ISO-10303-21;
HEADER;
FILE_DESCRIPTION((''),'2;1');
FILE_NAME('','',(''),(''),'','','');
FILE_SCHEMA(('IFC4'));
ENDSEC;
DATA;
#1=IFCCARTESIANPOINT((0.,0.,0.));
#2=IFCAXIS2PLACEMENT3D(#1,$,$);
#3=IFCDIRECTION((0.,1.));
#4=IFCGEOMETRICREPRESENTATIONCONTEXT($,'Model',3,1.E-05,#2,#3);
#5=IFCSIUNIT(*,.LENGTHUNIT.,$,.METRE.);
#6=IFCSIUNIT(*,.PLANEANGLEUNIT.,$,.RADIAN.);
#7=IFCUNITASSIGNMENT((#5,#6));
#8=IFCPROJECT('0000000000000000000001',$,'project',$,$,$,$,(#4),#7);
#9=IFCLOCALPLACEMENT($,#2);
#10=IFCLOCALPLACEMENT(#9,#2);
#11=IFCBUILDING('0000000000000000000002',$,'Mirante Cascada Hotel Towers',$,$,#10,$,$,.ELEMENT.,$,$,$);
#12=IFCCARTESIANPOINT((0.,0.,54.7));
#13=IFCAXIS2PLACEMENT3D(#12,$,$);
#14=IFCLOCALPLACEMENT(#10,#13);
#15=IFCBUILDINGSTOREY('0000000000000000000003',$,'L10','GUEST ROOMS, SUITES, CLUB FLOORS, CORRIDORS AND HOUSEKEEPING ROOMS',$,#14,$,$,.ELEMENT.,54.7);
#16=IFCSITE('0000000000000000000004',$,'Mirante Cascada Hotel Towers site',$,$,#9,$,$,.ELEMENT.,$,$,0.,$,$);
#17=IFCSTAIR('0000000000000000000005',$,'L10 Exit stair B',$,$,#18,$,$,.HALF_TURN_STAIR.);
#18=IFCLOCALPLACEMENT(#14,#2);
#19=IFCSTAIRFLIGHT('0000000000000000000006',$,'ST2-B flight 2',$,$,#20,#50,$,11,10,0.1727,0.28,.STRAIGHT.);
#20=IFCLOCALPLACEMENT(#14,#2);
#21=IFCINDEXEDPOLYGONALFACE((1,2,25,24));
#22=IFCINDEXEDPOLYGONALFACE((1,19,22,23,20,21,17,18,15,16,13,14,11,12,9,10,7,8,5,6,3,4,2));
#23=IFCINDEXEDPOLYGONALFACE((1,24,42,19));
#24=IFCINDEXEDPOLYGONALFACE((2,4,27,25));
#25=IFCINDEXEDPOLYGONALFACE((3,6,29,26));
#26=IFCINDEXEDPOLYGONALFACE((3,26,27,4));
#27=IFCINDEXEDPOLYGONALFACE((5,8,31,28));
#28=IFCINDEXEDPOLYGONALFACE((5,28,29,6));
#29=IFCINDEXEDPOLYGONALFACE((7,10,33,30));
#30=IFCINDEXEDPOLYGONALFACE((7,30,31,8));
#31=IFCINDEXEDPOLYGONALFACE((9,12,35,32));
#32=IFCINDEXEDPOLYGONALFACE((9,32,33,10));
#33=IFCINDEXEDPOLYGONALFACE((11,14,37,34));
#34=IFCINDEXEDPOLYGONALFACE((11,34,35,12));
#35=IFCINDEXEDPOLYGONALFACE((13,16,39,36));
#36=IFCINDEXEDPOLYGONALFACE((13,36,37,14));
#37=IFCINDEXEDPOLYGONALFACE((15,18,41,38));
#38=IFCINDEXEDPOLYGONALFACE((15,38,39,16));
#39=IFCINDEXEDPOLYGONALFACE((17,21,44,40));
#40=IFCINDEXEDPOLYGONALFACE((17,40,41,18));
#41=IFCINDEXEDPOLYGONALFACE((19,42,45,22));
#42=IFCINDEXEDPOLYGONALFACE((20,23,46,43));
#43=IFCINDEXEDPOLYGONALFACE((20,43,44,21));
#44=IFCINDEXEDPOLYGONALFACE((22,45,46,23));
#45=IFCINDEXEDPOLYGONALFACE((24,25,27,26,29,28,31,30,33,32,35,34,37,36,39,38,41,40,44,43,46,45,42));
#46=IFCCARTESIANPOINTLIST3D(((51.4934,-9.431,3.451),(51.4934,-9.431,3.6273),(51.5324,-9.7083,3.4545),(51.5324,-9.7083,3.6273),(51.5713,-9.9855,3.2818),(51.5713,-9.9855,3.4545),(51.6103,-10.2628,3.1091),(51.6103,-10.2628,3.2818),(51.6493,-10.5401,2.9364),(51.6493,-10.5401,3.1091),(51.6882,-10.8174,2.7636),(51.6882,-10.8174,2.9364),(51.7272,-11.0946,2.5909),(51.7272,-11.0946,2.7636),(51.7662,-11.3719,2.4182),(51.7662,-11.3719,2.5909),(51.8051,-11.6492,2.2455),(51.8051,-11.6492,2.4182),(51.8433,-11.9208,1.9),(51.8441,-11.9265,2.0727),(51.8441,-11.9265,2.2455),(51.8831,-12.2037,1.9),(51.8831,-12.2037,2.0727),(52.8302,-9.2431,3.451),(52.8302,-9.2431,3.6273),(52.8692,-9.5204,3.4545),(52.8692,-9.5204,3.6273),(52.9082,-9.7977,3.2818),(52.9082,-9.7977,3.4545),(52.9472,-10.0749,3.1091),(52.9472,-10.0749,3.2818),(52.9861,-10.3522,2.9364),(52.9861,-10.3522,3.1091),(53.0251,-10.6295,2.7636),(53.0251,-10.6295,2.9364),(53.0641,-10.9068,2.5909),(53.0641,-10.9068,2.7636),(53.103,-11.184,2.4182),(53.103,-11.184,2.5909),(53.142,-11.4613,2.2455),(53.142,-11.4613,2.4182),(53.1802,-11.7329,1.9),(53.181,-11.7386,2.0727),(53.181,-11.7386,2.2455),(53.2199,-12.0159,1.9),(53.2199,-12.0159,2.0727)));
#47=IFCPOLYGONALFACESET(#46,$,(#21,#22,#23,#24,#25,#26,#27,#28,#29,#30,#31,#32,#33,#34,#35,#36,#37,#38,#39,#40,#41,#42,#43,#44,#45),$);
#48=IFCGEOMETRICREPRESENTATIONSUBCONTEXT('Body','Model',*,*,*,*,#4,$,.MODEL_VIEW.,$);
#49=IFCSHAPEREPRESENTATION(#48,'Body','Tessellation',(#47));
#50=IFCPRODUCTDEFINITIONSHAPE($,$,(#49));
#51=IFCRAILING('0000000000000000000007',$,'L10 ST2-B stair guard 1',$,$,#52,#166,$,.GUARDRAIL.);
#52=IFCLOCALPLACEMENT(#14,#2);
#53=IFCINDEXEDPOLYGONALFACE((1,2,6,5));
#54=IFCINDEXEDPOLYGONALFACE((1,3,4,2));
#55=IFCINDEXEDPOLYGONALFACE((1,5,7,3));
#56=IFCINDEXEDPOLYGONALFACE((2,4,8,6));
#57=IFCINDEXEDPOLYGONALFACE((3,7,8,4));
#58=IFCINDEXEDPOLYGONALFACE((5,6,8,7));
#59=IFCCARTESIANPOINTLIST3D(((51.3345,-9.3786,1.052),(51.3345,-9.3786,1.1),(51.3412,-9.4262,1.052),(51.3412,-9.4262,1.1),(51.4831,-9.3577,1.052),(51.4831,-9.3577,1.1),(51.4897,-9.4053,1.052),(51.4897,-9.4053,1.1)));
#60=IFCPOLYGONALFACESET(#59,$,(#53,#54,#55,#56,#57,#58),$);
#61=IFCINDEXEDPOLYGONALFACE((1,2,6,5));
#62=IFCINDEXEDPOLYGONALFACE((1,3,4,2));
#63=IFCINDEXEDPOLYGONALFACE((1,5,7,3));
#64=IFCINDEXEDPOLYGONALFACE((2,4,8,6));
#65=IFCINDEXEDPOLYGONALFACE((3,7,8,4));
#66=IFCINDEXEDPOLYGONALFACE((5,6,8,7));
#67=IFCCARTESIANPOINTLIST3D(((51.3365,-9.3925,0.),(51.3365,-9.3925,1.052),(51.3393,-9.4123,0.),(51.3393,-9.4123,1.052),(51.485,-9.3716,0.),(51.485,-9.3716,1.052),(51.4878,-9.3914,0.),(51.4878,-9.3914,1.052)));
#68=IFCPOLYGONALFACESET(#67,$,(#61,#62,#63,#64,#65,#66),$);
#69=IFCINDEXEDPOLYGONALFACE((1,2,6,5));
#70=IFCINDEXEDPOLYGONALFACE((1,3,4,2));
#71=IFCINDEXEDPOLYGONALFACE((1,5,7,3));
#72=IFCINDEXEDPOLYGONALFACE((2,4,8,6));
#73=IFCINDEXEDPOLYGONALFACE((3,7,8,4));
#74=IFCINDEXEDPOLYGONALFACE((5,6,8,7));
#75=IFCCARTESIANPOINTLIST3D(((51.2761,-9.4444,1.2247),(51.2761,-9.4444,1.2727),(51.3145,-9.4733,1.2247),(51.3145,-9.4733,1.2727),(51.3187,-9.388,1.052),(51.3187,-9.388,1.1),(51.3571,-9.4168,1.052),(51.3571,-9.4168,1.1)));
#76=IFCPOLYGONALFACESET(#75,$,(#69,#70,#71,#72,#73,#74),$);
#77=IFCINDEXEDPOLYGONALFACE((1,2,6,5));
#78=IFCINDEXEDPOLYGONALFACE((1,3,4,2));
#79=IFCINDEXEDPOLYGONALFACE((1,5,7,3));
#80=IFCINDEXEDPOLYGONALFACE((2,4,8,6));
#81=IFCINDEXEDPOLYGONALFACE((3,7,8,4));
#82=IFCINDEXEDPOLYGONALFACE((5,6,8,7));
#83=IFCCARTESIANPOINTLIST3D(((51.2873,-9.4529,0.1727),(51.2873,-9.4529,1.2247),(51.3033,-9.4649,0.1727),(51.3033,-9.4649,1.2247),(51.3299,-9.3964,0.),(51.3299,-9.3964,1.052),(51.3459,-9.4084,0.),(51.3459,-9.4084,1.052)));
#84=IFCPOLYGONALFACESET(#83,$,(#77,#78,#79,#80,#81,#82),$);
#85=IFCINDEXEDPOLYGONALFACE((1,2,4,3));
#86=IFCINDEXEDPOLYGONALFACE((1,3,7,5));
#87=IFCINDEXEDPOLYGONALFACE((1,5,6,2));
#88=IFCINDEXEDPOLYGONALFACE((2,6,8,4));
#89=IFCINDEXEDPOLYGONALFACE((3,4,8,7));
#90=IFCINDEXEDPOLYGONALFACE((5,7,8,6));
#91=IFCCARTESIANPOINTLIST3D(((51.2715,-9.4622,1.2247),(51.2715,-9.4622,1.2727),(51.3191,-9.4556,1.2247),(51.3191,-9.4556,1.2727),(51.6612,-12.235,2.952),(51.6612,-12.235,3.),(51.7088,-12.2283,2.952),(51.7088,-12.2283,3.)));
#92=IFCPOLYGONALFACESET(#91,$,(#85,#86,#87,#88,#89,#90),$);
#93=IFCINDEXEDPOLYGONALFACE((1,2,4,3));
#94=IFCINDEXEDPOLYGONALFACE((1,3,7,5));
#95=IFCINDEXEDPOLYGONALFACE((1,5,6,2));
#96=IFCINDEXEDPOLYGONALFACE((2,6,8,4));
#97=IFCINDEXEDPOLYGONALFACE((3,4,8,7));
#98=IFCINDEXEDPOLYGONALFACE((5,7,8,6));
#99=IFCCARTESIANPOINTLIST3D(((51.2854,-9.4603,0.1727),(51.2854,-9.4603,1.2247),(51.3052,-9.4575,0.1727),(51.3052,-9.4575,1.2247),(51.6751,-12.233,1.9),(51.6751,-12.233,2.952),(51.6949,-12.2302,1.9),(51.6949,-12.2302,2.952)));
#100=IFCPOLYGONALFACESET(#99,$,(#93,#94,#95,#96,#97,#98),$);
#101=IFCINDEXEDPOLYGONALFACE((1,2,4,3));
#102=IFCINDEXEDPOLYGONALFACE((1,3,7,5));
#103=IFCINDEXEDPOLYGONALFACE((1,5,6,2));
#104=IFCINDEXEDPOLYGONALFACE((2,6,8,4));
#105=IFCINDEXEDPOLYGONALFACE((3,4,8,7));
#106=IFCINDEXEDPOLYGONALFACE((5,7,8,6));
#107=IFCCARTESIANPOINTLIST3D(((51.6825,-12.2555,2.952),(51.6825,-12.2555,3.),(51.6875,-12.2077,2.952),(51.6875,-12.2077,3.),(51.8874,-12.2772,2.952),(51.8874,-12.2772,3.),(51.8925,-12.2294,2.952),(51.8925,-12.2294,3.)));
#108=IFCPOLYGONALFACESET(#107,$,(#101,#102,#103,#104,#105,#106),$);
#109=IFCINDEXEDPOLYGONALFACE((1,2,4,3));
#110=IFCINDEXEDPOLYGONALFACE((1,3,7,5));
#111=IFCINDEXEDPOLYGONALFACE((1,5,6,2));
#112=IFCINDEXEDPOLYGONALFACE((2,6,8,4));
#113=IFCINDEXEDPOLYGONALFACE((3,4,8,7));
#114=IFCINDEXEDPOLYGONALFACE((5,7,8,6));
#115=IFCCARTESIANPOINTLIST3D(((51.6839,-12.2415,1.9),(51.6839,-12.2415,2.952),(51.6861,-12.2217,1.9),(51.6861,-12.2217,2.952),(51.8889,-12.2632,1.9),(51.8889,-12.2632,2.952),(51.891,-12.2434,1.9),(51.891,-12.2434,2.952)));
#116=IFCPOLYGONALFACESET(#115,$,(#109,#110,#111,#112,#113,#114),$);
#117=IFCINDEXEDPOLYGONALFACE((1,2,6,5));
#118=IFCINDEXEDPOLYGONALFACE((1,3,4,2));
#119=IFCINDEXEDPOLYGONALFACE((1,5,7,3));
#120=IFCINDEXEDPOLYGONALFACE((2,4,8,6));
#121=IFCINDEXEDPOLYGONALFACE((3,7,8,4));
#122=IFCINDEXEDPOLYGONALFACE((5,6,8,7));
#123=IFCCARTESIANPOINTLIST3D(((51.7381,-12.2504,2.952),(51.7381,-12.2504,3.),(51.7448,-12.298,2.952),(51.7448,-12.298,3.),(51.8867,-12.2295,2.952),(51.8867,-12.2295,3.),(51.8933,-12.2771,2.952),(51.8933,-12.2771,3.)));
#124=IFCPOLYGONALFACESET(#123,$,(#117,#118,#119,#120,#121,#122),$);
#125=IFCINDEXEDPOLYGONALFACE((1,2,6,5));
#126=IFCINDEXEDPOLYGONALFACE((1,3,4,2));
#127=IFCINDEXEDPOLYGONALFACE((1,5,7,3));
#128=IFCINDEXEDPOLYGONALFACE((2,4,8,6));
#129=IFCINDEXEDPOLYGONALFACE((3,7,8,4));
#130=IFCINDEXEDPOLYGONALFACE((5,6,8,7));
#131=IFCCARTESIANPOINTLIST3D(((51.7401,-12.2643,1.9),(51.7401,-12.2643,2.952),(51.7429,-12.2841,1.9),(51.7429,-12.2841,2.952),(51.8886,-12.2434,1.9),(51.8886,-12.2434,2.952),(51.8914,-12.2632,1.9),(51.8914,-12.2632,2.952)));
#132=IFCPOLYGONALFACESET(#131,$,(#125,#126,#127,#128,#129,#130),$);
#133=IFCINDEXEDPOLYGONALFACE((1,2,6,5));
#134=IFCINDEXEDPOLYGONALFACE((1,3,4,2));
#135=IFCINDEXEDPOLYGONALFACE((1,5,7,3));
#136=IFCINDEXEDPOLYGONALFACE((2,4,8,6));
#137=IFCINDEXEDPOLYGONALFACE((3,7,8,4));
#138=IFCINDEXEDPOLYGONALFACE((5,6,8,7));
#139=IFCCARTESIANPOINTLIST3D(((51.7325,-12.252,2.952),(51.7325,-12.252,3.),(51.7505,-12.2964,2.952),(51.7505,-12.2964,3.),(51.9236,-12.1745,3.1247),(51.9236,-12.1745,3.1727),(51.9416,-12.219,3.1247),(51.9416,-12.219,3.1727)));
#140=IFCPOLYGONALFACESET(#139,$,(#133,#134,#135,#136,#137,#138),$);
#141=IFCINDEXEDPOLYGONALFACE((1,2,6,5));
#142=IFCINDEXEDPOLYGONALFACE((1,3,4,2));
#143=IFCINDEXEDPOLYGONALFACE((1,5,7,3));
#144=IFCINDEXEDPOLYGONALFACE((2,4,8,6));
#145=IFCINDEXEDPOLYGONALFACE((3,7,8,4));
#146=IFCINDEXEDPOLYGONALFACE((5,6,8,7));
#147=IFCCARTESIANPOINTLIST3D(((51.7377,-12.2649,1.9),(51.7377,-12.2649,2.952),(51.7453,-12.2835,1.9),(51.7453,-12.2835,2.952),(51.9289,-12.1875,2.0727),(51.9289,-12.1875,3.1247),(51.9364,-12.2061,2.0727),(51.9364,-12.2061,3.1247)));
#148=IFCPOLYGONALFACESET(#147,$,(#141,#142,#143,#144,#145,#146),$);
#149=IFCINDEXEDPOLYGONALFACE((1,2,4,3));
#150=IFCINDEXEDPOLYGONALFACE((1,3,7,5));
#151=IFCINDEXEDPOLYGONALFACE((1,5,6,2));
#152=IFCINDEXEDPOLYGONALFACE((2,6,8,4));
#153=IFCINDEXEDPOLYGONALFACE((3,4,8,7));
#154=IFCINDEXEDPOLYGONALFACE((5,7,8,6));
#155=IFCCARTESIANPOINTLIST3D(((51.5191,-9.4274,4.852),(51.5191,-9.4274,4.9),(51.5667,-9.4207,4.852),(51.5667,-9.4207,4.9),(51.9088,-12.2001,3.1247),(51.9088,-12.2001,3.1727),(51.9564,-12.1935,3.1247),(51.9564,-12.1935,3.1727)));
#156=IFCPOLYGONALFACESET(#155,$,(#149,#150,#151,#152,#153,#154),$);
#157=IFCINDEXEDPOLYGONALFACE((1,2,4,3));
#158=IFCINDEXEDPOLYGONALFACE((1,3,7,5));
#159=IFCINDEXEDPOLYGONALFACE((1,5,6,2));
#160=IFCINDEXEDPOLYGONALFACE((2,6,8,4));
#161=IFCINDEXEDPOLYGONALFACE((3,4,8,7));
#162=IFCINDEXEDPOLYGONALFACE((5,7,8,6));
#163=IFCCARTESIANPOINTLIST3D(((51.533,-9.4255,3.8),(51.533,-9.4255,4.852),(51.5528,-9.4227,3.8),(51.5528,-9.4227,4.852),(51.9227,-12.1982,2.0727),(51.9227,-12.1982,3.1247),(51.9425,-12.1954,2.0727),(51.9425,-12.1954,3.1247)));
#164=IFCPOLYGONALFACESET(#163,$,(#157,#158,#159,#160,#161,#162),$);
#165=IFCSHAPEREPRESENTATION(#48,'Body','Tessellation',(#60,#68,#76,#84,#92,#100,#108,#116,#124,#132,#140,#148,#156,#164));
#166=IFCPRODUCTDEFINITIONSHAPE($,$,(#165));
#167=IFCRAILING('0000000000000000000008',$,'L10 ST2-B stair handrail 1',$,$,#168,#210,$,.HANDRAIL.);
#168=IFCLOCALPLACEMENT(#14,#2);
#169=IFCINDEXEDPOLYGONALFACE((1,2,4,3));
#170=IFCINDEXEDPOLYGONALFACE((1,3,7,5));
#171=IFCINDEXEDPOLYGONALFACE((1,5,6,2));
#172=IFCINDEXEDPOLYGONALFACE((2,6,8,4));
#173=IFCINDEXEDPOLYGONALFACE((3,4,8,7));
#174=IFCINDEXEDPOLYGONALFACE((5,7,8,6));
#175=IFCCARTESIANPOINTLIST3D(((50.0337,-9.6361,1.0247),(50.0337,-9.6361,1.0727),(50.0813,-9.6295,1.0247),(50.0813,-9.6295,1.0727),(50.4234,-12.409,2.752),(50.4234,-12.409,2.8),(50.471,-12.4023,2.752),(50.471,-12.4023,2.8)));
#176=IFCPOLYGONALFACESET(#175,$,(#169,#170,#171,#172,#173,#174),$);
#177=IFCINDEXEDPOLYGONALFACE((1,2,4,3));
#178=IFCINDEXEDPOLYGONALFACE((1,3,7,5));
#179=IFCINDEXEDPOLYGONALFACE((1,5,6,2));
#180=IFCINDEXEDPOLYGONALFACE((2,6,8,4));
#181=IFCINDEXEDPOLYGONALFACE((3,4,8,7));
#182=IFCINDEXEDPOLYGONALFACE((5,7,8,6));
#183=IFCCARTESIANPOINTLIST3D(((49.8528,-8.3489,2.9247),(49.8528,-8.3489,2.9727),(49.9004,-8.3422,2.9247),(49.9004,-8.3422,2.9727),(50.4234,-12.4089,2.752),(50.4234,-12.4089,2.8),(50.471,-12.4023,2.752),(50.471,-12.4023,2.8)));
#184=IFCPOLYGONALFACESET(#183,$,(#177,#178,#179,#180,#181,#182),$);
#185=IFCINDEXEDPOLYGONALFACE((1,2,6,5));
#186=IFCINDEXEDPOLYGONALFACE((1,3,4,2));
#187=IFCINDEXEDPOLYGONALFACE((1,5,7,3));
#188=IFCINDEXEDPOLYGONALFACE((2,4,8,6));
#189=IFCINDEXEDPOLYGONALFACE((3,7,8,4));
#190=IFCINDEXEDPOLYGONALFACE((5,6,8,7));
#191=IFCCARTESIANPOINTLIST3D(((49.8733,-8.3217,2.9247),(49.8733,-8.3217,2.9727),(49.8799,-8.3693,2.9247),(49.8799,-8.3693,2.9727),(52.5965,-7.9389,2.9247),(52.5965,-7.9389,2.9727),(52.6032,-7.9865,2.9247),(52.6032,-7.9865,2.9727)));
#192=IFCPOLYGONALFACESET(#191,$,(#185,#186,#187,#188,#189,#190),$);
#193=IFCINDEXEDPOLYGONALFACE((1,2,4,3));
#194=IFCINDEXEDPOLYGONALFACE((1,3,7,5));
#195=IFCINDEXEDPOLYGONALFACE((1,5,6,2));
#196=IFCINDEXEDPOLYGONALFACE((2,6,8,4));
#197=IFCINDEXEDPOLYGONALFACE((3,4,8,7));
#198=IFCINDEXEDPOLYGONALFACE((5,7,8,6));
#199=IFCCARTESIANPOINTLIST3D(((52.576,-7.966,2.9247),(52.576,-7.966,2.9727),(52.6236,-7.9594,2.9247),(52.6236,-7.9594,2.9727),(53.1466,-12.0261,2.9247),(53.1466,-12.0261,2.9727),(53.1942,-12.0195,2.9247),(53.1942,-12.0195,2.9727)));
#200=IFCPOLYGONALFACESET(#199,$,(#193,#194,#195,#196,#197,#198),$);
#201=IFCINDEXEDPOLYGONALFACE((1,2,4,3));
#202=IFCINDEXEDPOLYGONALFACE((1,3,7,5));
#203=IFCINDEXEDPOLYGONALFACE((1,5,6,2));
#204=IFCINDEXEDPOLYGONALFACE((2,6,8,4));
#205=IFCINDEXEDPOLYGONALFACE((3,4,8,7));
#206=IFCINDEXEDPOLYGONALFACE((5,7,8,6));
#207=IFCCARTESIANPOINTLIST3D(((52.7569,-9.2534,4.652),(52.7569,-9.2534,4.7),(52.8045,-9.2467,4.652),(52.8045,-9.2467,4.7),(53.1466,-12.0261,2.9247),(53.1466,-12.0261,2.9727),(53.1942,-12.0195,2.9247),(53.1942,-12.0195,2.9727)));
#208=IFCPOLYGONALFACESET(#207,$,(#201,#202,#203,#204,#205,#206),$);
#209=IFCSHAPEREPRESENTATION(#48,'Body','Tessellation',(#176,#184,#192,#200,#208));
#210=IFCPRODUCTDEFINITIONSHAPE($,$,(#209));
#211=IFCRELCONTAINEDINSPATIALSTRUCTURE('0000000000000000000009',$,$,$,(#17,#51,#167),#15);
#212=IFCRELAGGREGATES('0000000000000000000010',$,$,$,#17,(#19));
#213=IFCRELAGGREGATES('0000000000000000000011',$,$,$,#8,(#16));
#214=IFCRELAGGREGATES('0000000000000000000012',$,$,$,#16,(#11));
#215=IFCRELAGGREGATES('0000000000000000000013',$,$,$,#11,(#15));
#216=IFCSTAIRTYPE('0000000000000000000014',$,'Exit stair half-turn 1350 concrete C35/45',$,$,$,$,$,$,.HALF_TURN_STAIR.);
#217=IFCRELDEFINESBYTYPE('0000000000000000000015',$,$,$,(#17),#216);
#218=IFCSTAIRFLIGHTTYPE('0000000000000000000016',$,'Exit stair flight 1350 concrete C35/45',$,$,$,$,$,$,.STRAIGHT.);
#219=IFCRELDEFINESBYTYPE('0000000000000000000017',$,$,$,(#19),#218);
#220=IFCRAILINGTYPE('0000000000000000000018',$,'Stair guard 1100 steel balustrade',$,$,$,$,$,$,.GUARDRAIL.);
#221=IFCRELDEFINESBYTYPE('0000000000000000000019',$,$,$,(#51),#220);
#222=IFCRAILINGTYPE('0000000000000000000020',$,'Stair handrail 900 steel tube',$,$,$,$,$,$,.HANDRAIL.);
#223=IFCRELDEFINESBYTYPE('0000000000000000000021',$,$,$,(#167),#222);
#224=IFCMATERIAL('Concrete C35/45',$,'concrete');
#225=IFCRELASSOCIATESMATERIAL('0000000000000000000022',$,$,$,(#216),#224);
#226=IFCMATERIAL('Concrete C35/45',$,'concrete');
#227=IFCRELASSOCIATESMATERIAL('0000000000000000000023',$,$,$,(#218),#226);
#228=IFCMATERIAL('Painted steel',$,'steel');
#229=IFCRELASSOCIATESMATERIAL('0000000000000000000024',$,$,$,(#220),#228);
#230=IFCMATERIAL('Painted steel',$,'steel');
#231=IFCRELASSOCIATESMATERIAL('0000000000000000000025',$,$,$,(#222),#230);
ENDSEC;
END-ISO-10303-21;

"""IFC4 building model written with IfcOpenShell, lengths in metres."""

from ifc_helpers import new_model, si_unit, direction, frame, origin, origin_2d, place, context, subcontext, project, spatial, polyline, rectangle, outline, extrude, material, type_object, element, aggregate, save


model = new_model("IFC4")

# Units and contexts
model_context = context("Model", 3, precision=1e-05, world=origin(), true_north=direction((0.0, 1.0)))
body_context = subcontext(model_context, "Body", "Model", "MODEL_VIEW")
ifc_project = project(units=[si_unit("LENGTHUNIT", "METRE"), si_unit("PLANEANGLEUNIT", "RADIAN")], contexts=[model_context])

# Site, building, storey
site_placement = place(None, origin())
site = spatial("IfcSite", under=ifc_project, at=site_placement, Name="Mirante Cascada Hotel Towers site", CompositionType="ELEMENT", RefElevation=0.0)
building_placement = place(site_placement, origin())
building = spatial("IfcBuilding", under=site, at=building_placement, Name="Mirante Cascada Hotel Towers", CompositionType="ELEMENT")
storey_placement = place(building_placement, frame((0.0, 0.0, 54.7)))
storey = spatial("IfcBuildingStorey", under=building, at=storey_placement, Name="L10", Description="GUEST ROOMS, SUITES, CLUB FLOORS, CORRIDORS AND HOUSEKEEPING ROOMS", CompositionType="ELEMENT", Elevation=54.7)

# Stair, stair flight
ifc_material_1 = material(Name="Concrete C35/45", Category="concrete")
stair_type = type_object("IfcStairType", Name="Exit stair half-turn 1350 concrete C35/45", PredefinedType="HALF_TURN_STAIR", material=ifc_material_1)
stair_placement = place(storey_placement, origin())
stair = element("IfcStair", 1, at=stair_placement, inside=storey, type_object=stair_type, Name="L10 Exit stair B", PredefinedType="HALF_TURN_STAIR")
ifc_material_2 = material(Name="Concrete C35/45", Category="concrete")
stair_flight_type = type_object("IfcStairFlightType", Name="Exit stair flight 1350 concrete C35/45", PredefinedType="STRAIGHT", material=ifc_material_2)
stair_flight_1_placement = place(storey_placement, frame((52.5515, -12.1098, 1.9), z_axis=(0.0, 0.0, 1.0), x_axis=(-0.139173, 0.990268, 0.0)))
stair_flight_1 = element("IfcStairFlight", 2, at=stair_flight_1_placement, type_object=stair_flight_type, Name="ST2-B flight 2", NumberOfRisers=11, NumberOfTreads=10, PredefinedType="STRAIGHT", RiserHeight=0.1727, TreadLength=0.28, context=body_context, shape_type="SweptSolid", body=[
    extrude(outline(polyline([(0.0, 0.0), (0.0, 0.1727), (0.28, 0.1727), (0.28, 0.3455), (0.56, 0.3455), (0.56, 0.5182), (0.84, 0.5182), (0.84, 0.6909), (1.12, 0.6909), (1.12, 0.8636), (1.4, 0.8636), (1.4, 1.0364), (1.68, 1.0364), (1.68, 1.2091), (1.96, 1.2091), (1.96, 1.3818), (2.24, 1.3818), (2.24, 1.5545), (2.52, 1.5545), (2.52, 1.7273), (2.8, 1.7273), (2.8, 1.9), (2.8, 1.551), (0.2857, 0.0), (0.0, 0.0)])), frame((0.0, 0.675, 0.0), z_axis=(0.0, -1.0, 0.0), x_axis=(1.0, 0.0, 0.0)), (0.0, 0.0, 1.0), 1.35),
])
aggregate(stair, [stair_flight_1])

# Railings
ifc_material_3 = material(Name="Painted steel", Category="steel")
railing_type_1 = type_object("IfcRailingType", Name="Stair guard 1100 steel balustrade", PredefinedType="GUARDRAIL", material=ifc_material_3)
railing_1_placement = place(storey_placement, frame((51.4864, -9.3815, 0.0)))
element("IfcRailing", 3, at=railing_1_placement, inside=storey, type_object=railing_type_1, Name="L10 ST2-B stair guard 1", PredefinedType="GUARDRAIL", context=body_context, shape_type="SweptSolid", body=[
    extrude(rectangle(XDim=0.048, YDim=0.048, at=origin_2d()), frame((0.0, 0.0, 1.076), z_axis=(-0.990241, -0.139367, 0.0), x_axis=(0.139367, -0.990241, 0.0)), (0.0, 0.0, 1.0), 0.15),
    extrude(rectangle(XDim=0.02, YDim=1.052, at=origin_2d()), frame((0.0, 0.0, 0.526), z_axis=(-0.990241, -0.139367, 0.0), x_axis=(0.139367, -0.990241, 0.0)), (0.0, 0.0, 1.0), 0.15),
    extrude(rectangle(XDim=0.048, YDim=0.048, at=origin_2d()), frame((-0.1485, -0.0209, 1.076), z_axis=(-0.602033, -0.798471, 0.0), x_axis=(0.798471, -0.602033, 0.0)), (0.0, 0.92534, 0.379139), 0.1866),
    extrude(rectangle(XDim=0.02, YDim=1.052, at=origin_2d()), frame((-0.1485, -0.0209, 0.526), z_axis=(-0.602033, -0.798471, 0.0), x_axis=(0.798471, -0.602033, 0.0)), (0.0, 0.92534, 0.379139), 0.1866),
    extrude(rectangle(XDim=0.048, YDim=0.048, at=origin_2d()), frame((-0.1911, -0.0774, 1.2487), z_axis=(0.139181, -0.990267, 0.0), x_axis=(0.990267, 0.139181, 0.0)), (0.0, 0.525035, 0.851081), 3.2899),
    extrude(rectangle(XDim=0.02, YDim=1.052, at=origin_2d()), frame((-0.1911, -0.0774, 0.6987), z_axis=(0.139181, -0.990267, 0.0), x_axis=(0.990267, 0.139181, 0.0)), (0.0, 0.525035, 0.851081), 3.2899),
    extrude(rectangle(XDim=0.048, YDim=0.048, at=origin_2d()), frame((0.1986, -2.8501, 2.976), z_axis=(0.994444, -0.105266, 0.0), x_axis=(0.105266, 0.994444, 0.0)), (0.0, 0.0, 1.0), 0.2061),
    extrude(rectangle(XDim=0.02, YDim=1.052, at=origin_2d()), frame((0.1986, -2.8501, 2.426), z_axis=(0.994444, -0.105266, 0.0), x_axis=(0.105266, 0.994444, 0.0)), (0.0, 0.0, 1.0), 0.2061),
    extrude(rectangle(XDim=0.048, YDim=0.048, at=origin_2d()), frame((0.4036, -2.8718, 2.976), z_axis=(-0.990241, -0.139367, 0.0), x_axis=(0.139367, -0.990241, 0.0)), (0.0, 0.0, 1.0), 0.15),
    extrude(rectangle(XDim=0.02, YDim=1.052, at=origin_2d()), frame((0.4036, -2.8718, 2.426), z_axis=(-0.990241, -0.139367, 0.0), x_axis=(0.139367, -0.990241, 0.0)), (0.0, 0.0, 1.0), 0.15),
    extrude(rectangle(XDim=0.048, YDim=0.048, at=origin_2d()), frame((0.2551, -2.8927, 2.976), z_axis=(0.926862, 0.375401, 0.0), x_axis=(-0.375401, 0.926862, 0.0)), (0.0, 0.642122, 0.766603), 0.269),
    extrude(rectangle(XDim=0.02, YDim=1.052, at=origin_2d()), frame((0.2551, -2.8927, 2.426), z_axis=(0.926862, 0.375401, 0.0), x_axis=(-0.375401, 0.926862, 0.0)), (0.0, 0.642122, 0.766603), 0.269),
    extrude(rectangle(XDim=0.048, YDim=0.048, at=origin_2d()), frame((0.4462, -2.8153, 3.1487), z_axis=(-0.139181, 0.990267, 0.0), x_axis=(-0.990267, -0.139181, 0.0)), (0.0, 0.525035, 0.851081), 3.2899),
    extrude(rectangle(XDim=0.02, YDim=1.052, at=origin_2d()), frame((0.4462, -2.8153, 2.5987), z_axis=(-0.139181, 0.990267, 0.0), x_axis=(-0.990267, -0.139181, 0.0)), (0.0, 0.525035, 0.851081), 3.2899),
])
ifc_material_4 = material(Name="Painted steel", Category="steel")
railing_type_2 = type_object("IfcRailingType", Name="Stair handrail 900 steel tube", PredefinedType="HANDRAIL", material=ifc_material_4)
railing_2_placement = place(storey_placement, frame((50.0575, -9.6328, 0.1727)))
element("IfcRailing", 4, at=railing_2_placement, inside=storey, type_object=railing_type_2, Name="L10 ST2-B stair handrail 1", PredefinedType="HANDRAIL", context=body_context, shape_type="SweptSolid", body=[
    extrude(rectangle(XDim=0.048, YDim=0.048, at=origin_2d()), frame((0.0, 0.0, 0.876), z_axis=(0.139176, -0.990268, 0.0), x_axis=(0.990268, 0.139176, 0.0)), (0.0, 0.525021, 0.851089), 3.29),
    extrude(rectangle(XDim=0.048, YDim=0.048, at=origin_2d()), frame((0.3897, -2.7728, 2.6033), z_axis=(-0.139171, 0.990268, 0.0), x_axis=(-0.990268, -0.139171, 0.0)), (0.0, 0.042085, 0.999114), 4.1036),
    extrude(rectangle(XDim=0.048, YDim=0.048, at=origin_2d()), frame((-0.1809, 1.2873, 2.776), z_axis=(0.990264, 0.139201, 0.0), x_axis=(-0.139201, 0.990264, 0.0)), (0.0, 0.0, 1.0), 2.75),
    extrude(rectangle(XDim=0.048, YDim=0.048, at=origin_2d()), frame((2.5423, 1.6701, 2.776), z_axis=(0.139171, -0.990268, 0.0), x_axis=(0.990268, 0.139171, 0.0)), (0.0, 0.0, 1.0), 4.1),
    extrude(rectangle(XDim=0.048, YDim=0.048, at=origin_2d()), frame((3.1129, -2.39, 2.776), z_axis=(-0.139181, 0.990267, 0.0), x_axis=(-0.990267, -0.139181, 0.0)), (0.0, 0.525035, 0.851081), 3.2899),
])

save(model, "model.ifc")
